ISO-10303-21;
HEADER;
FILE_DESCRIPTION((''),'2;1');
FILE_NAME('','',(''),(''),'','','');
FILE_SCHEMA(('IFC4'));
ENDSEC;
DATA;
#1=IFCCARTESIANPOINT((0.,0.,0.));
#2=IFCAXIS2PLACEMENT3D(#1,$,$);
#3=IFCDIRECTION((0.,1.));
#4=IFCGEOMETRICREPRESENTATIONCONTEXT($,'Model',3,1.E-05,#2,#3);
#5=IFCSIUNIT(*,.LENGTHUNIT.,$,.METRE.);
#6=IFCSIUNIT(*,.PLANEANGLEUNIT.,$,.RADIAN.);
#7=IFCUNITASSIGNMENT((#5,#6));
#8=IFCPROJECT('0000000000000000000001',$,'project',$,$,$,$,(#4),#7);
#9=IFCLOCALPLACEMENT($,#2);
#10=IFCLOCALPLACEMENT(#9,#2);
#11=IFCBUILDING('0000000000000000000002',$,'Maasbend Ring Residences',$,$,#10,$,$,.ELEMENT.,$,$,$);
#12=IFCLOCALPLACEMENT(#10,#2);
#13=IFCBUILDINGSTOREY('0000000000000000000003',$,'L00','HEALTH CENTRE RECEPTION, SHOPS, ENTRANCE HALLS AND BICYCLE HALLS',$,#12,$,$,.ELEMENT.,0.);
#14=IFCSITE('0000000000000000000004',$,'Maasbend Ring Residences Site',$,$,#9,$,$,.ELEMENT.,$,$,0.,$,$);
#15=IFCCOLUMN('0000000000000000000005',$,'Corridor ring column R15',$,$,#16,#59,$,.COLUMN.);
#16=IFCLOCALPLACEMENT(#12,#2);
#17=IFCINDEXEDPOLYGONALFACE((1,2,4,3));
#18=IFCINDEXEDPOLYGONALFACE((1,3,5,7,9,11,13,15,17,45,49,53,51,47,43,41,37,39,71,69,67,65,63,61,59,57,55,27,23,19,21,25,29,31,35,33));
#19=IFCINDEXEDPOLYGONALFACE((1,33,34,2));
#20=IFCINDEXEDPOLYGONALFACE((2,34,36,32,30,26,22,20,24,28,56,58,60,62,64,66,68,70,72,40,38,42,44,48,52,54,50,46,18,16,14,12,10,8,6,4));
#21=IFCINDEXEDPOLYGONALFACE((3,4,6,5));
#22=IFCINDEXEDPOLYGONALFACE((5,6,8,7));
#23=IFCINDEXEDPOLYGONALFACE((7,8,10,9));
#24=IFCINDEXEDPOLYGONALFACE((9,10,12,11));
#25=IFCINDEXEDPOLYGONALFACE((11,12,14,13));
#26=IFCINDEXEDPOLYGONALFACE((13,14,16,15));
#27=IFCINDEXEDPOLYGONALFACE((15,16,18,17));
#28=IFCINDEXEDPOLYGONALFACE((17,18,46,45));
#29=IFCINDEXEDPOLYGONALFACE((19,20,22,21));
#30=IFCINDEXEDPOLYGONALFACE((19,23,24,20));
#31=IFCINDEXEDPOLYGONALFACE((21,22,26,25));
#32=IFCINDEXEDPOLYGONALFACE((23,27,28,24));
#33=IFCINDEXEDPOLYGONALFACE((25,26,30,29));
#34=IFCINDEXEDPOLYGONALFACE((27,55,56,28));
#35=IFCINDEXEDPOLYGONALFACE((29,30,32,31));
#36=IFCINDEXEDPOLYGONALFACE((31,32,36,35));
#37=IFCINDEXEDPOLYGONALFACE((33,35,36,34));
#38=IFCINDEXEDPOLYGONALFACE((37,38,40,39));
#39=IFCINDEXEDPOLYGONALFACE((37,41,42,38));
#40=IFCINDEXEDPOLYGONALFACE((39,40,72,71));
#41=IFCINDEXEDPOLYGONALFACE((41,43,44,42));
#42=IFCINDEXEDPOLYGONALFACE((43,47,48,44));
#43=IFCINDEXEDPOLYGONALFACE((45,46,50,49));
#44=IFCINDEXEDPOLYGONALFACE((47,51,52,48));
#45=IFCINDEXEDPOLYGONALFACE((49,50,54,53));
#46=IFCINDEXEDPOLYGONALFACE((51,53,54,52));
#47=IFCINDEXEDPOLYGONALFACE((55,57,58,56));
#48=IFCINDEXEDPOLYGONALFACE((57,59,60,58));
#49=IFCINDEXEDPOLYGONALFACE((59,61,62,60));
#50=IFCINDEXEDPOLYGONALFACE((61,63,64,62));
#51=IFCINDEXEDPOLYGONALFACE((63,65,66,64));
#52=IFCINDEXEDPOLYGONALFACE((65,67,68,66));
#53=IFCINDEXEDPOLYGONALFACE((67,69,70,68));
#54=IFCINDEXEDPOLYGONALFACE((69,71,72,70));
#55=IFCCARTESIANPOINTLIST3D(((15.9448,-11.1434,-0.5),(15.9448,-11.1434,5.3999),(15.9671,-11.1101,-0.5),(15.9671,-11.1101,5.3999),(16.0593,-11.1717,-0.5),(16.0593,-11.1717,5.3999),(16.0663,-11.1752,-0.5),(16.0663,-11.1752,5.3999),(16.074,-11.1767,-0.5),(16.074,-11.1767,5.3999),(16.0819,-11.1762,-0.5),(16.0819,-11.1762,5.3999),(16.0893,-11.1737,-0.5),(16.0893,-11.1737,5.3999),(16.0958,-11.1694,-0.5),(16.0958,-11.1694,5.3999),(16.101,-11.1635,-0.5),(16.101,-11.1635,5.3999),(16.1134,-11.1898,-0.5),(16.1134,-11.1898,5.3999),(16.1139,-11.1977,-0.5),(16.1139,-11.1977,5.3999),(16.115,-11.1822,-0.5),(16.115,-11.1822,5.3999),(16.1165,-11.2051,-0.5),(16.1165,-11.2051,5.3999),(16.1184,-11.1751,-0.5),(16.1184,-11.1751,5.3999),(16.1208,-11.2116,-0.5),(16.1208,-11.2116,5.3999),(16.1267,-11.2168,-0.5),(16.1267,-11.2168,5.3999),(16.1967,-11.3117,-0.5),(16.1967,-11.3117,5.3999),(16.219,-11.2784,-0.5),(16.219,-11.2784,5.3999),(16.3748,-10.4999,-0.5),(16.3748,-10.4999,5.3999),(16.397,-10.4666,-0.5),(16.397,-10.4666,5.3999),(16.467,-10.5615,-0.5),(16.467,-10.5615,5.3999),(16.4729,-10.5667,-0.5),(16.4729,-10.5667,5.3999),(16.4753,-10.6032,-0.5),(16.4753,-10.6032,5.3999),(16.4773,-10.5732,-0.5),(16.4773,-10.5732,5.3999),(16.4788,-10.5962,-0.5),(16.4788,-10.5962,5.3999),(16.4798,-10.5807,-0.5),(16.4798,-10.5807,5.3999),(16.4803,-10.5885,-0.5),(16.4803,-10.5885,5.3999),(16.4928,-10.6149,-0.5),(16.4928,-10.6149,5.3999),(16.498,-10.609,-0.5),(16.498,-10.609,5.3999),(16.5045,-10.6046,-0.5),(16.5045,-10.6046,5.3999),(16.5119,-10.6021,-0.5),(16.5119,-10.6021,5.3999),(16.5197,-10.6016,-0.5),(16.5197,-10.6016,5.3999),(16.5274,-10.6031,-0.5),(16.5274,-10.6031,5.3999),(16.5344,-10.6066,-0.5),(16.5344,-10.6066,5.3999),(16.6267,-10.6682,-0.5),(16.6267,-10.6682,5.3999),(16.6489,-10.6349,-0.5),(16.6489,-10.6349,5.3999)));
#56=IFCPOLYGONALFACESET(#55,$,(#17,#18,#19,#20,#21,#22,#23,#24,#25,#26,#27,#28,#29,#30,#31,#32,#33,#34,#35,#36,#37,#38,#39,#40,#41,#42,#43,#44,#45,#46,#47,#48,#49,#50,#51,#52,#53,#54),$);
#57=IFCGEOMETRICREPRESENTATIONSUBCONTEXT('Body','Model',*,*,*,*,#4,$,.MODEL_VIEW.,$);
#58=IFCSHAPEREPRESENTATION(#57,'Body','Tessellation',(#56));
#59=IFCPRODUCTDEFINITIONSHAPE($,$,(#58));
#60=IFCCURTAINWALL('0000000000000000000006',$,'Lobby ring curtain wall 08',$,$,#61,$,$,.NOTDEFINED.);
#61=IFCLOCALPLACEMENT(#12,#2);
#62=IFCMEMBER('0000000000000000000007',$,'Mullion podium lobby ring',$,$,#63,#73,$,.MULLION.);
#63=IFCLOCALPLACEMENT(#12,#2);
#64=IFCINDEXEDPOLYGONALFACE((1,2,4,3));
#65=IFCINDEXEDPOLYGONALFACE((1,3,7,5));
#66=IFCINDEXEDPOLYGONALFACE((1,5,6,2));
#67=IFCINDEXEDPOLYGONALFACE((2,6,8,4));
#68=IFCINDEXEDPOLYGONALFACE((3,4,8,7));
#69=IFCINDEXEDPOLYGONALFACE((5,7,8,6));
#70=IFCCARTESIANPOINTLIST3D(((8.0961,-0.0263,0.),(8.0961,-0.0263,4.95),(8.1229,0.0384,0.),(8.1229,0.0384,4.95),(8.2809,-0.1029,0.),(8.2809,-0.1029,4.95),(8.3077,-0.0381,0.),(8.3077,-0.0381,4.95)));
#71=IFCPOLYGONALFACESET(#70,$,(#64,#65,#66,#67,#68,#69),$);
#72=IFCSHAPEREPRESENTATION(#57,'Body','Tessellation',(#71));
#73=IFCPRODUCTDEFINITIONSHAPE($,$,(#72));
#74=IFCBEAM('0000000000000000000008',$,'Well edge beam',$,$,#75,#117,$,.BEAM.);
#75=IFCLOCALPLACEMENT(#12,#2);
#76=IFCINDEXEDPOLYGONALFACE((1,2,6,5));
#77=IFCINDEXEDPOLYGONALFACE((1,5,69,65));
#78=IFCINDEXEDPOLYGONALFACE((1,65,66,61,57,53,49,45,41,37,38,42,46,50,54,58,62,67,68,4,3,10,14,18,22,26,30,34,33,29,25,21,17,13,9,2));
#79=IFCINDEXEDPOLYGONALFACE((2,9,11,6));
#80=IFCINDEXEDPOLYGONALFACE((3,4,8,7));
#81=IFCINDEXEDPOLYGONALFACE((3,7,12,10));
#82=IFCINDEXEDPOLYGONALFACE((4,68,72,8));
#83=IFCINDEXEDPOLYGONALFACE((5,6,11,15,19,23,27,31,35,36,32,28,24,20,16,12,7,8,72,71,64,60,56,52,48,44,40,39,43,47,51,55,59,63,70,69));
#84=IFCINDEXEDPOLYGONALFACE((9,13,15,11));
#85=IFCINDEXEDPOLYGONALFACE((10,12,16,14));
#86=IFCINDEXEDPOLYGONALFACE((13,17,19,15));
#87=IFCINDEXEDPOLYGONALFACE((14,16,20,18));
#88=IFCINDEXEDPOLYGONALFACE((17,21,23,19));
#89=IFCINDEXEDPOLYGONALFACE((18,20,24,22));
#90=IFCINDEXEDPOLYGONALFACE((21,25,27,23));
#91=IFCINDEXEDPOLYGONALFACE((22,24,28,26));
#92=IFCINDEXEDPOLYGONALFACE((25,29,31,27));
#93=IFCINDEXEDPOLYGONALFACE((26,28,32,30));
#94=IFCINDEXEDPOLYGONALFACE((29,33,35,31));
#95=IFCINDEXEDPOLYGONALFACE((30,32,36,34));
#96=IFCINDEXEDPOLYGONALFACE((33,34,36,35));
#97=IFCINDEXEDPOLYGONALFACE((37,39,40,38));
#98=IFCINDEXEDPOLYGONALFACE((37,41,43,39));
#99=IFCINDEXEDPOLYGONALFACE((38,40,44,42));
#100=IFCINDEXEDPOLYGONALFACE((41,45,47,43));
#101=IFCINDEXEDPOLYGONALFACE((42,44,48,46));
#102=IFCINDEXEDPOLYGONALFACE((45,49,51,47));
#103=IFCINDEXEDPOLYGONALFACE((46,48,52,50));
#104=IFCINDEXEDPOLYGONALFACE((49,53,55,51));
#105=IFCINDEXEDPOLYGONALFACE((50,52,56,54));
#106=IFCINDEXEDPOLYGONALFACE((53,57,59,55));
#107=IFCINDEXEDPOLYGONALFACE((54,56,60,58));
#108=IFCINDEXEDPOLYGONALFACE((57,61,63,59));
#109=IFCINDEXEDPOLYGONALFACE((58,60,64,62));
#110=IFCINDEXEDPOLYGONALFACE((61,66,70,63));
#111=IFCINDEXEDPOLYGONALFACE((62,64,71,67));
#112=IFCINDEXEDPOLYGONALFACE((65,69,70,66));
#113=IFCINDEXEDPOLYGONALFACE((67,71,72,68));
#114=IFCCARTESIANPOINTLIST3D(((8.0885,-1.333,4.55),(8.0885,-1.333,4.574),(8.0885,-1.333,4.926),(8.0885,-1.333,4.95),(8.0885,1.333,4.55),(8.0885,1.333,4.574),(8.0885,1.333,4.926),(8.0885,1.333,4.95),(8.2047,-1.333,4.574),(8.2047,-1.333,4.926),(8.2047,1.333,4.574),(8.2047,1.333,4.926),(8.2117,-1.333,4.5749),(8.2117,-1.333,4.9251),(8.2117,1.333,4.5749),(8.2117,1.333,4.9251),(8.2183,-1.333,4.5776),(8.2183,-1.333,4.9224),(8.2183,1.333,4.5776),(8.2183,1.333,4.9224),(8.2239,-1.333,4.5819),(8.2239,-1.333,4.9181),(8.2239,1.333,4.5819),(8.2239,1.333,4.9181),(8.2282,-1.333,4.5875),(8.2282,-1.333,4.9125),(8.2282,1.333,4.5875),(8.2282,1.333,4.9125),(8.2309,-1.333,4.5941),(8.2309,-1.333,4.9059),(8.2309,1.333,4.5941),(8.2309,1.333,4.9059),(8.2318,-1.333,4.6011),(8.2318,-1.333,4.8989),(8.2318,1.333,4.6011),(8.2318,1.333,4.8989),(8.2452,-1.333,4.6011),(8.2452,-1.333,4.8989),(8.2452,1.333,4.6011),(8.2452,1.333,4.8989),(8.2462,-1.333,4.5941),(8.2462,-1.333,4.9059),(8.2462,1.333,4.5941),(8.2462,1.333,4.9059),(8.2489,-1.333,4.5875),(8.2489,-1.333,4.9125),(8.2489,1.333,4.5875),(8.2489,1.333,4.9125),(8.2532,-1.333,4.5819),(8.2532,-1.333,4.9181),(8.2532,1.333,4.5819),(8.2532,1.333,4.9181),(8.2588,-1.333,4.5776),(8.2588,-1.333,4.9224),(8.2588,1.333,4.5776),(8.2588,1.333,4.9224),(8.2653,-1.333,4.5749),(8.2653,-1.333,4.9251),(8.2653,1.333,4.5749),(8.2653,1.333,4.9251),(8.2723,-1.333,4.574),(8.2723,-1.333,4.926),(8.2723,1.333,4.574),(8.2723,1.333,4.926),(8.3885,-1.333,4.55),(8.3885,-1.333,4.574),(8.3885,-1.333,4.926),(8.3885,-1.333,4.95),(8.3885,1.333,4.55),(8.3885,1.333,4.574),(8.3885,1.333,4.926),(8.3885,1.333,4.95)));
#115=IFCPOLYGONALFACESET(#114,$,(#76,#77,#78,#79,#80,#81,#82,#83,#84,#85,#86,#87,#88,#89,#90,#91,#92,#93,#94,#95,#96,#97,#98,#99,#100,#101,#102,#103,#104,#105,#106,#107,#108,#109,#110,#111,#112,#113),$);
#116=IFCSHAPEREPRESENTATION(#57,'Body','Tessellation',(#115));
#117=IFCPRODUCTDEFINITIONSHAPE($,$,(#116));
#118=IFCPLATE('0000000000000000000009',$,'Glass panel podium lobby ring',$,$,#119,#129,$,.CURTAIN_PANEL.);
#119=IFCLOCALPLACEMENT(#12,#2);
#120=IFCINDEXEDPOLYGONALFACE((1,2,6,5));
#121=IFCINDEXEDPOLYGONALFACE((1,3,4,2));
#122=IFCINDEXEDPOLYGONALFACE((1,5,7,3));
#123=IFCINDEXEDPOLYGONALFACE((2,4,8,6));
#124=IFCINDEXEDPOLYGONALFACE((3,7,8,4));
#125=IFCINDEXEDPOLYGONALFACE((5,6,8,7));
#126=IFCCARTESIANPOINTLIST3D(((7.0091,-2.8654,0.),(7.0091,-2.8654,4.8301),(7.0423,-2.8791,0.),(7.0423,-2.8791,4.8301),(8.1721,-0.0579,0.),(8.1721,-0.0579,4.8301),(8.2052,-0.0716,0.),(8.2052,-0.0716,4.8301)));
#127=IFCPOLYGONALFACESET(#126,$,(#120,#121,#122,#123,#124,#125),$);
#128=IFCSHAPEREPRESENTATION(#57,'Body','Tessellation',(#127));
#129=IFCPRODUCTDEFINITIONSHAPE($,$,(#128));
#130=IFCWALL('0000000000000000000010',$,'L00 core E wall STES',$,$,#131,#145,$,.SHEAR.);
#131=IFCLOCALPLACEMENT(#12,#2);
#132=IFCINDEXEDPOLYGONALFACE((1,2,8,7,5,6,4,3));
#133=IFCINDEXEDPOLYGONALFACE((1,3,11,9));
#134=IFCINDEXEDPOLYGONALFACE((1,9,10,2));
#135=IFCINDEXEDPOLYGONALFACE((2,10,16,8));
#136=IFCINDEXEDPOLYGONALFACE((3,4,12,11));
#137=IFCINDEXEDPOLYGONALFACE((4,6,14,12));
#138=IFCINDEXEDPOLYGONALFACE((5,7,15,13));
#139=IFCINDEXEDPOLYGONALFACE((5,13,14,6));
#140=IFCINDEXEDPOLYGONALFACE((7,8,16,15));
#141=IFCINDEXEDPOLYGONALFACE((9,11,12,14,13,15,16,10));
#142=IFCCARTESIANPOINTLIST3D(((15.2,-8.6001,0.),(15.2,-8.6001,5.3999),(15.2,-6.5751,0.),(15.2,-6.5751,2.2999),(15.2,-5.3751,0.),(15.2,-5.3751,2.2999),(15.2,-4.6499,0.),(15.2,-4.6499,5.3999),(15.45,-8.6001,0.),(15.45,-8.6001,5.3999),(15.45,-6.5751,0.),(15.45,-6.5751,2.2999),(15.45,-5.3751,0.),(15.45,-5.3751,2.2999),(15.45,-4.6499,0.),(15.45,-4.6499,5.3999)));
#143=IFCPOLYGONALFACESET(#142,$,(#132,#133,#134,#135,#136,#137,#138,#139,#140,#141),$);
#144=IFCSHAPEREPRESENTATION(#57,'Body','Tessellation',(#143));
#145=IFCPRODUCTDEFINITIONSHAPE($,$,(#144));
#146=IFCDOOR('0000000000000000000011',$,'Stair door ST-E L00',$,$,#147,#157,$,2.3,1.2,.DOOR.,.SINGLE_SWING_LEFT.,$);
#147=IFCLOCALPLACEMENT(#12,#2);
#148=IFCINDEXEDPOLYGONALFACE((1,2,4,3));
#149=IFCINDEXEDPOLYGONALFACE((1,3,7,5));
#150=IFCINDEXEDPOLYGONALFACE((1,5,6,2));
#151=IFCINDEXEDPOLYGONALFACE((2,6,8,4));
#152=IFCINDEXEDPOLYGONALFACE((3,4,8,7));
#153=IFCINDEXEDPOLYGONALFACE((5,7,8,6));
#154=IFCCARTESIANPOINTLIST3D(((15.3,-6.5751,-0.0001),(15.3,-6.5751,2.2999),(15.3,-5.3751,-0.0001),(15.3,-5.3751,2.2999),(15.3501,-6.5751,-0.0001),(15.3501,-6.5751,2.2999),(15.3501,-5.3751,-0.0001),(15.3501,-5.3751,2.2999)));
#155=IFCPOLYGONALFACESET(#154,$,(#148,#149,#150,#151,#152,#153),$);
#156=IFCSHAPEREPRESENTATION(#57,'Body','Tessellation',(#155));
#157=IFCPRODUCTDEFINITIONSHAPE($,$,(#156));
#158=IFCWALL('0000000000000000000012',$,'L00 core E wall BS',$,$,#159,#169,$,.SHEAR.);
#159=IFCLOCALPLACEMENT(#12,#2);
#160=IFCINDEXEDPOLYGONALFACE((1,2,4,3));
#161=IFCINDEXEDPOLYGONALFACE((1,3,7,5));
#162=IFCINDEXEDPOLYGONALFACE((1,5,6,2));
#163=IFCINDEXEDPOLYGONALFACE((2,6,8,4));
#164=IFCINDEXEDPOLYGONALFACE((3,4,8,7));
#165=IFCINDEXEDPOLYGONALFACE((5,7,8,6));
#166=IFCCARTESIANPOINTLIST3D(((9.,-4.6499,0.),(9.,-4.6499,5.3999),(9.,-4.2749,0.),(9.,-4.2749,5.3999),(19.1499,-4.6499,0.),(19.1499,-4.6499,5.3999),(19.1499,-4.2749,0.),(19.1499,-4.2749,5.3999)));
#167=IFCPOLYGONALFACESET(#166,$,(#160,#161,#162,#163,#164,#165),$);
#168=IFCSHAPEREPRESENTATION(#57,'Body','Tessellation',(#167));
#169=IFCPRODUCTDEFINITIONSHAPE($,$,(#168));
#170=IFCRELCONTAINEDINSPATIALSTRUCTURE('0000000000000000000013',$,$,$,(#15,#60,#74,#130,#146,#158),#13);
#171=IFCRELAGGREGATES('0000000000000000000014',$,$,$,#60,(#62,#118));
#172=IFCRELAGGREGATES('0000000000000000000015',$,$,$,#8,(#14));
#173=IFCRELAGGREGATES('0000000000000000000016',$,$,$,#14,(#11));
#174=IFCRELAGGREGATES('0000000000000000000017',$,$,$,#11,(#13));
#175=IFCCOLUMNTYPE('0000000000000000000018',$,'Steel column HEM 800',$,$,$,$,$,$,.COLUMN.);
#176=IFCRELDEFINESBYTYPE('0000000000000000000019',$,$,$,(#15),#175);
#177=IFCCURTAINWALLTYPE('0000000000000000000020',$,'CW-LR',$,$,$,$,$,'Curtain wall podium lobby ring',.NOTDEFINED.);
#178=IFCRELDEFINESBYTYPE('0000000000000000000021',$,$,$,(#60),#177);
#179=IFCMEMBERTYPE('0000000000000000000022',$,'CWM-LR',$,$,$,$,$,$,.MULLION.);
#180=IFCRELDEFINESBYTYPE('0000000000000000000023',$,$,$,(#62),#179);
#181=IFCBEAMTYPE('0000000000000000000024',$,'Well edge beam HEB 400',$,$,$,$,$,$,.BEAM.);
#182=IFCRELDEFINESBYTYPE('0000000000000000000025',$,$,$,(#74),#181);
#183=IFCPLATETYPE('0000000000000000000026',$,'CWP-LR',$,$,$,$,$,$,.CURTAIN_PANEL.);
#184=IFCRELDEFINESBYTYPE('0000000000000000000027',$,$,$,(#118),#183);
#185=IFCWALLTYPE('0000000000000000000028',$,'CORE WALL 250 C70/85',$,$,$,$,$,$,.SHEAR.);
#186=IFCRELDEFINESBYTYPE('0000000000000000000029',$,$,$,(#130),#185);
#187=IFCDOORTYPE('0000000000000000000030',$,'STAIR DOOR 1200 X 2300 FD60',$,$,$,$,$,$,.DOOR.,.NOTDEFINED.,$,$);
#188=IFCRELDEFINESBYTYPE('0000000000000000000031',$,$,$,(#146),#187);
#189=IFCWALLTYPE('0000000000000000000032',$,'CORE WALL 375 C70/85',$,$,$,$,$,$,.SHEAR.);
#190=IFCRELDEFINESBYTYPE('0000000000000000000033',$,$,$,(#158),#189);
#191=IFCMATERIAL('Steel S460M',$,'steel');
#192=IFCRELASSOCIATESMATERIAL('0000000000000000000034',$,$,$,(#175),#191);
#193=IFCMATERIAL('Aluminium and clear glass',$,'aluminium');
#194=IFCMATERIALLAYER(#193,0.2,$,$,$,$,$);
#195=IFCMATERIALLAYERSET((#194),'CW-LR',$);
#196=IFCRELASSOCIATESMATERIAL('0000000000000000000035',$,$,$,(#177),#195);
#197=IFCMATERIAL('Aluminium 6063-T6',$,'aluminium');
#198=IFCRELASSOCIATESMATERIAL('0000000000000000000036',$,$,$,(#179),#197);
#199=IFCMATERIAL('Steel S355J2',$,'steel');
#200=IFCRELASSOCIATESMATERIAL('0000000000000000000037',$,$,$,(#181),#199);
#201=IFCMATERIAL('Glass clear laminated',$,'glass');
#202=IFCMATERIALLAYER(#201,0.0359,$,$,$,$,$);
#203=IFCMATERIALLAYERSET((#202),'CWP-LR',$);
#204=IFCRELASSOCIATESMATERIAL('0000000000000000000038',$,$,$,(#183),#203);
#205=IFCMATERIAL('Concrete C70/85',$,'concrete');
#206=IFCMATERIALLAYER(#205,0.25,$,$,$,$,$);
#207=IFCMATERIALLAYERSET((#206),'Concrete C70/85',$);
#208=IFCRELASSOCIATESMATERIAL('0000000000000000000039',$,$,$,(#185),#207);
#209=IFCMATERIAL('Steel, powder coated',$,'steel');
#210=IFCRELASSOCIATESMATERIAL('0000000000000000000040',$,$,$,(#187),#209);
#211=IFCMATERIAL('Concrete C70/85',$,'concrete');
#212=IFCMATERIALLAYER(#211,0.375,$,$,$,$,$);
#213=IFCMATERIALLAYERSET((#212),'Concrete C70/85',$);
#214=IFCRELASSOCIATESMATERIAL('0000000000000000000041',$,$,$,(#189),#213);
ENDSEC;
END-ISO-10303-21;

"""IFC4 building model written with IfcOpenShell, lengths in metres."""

from ifc_helpers import new_model, si_unit, direction, frame, frame_2d, origin, origin_2d, place, context, subcontext, project, spatial, rectangle, i_section, extrude, material, layer, layer_set, material_profile, profile_set, type_object, element, fill, aggregate, save


model = new_model("IFC4")

# Units and contexts
model_context = context("Model", 3, precision=1e-05, world=origin(), true_north=direction((0.0, 1.0)))
body_context = subcontext(model_context, "Body", "Model", "MODEL_VIEW")
ifc_project = project(units=[si_unit("LENGTHUNIT", "METRE"), si_unit("PLANEANGLEUNIT", "RADIAN")], contexts=[model_context])

# Site, building, storey
site_placement = place(None, origin())
site = spatial("IfcSite", under=ifc_project, at=site_placement, Name="Maasbend Ring Residences Site", CompositionType="ELEMENT", RefElevation=0.0)
building_placement = place(site_placement, origin())
building = spatial("IfcBuilding", under=site, at=building_placement, Name="Maasbend Ring Residences", CompositionType="ELEMENT")
storey_placement = place(building_placement, origin())
storey = spatial("IfcBuildingStorey", under=building, at=storey_placement, Name="L00", Description="HEALTH CENTRE RECEPTION, SHOPS, ENTRANCE HALLS AND BICYCLE HALLS", CompositionType="ELEMENT", Elevation=0.0)

# Column
ifc_material_1 = material(Name="Steel S460M", Category="steel")
ifc_material_profile_1 = material_profile(ifc_material_1, i_section(OverallWidth=0.303, OverallDepth=0.814, WebThickness=0.021, FlangeThickness=0.04, FilletRadius=0.03, at=origin_2d()), Name="HEM 800")
ifc_profile_set_1 = profile_set([ifc_material_profile_1], Name="Steel S460M")
column_type_1 = type_object("IfcColumnType", Name="Steel column HEM 800", PredefinedType="COLUMN", material=ifc_profile_set_1)
column_1_placement = place(storey_placement, frame((16.2969, -10.8892, -0.5), z_axis=(0.0, 0.0, 1.0), x_axis=(0.83147, -0.55557, 0.0)))
element("IfcColumn", 1, at=column_1_placement, inside=storey, type_object=column_type_1, Name="Corridor ring column R15", PredefinedType="COLUMN", context=body_context, shape_type="SweptSolid", body=[
    extrude(i_section(OverallWidth=0.303, OverallDepth=0.814, WebThickness=0.021, FlangeThickness=0.04, FilletRadius=0.03, at=origin_2d()), origin(), (0.0, 0.0, 1.0), 5.8999),
])

# Curtain wall, member
ifc_material_2 = material(Name="Aluminium and clear glass", Category="aluminium")
ifc_layer_1 = layer(ifc_material_2, 0.2)
ifc_layer_set_1 = layer_set([ifc_layer_1], Name="CW-LR")
curtain_wall_type = type_object("IfcCurtainWallType", Name="CW-LR", ElementType="Curtain wall podium lobby ring", PredefinedType="NOTDEFINED", material=ifc_layer_set_1)
curtain_wall_placement = place(storey_placement, origin())
curtain_wall = element("IfcCurtainWall", 2, at=curtain_wall_placement, inside=storey, type_object=curtain_wall_type, Name="Lobby ring curtain wall 08", PredefinedType="NOTDEFINED")
ifc_material_3 = material(Name="Aluminium 6063-T6", Category="aluminium")
ifc_material_profile_2 = material_profile(ifc_material_3, rectangle(XDim=0.2, YDim=0.0701, at=origin_2d()), Name="AL 200x70")
ifc_profile_set_2 = profile_set([ifc_material_profile_2], Name="Aluminium 6063-T6")
member_type = type_object("IfcMemberType", Name="CWM-LR", PredefinedType="MULLION", material=ifc_profile_set_2)
member_placement = place(storey_placement, frame((8.2019, -0.0322, 0.0), z_axis=(0.0, 0.0, 1.0), x_axis=(-0.92388, 0.382683, 0.0)))
member = element("IfcMember", 3, at=member_placement, type_object=member_type, Name="Mullion podium lobby ring", PredefinedType="MULLION", context=body_context, shape_type="SweptSolid", body=[
    extrude(rectangle(XDim=0.2, YDim=0.0701, at=origin_2d()), origin(), (0.0, 0.0, 1.0), 4.95),
])

# Beam
ifc_material_4 = material(Name="Steel S355J2", Category="steel")
ifc_material_profile_3 = material_profile(ifc_material_4, i_section(OverallWidth=0.3, OverallDepth=0.3999, WebThickness=0.0134, FlangeThickness=0.0239, FilletRadius=0.0271, at=origin_2d()), Name="HEB 400")
ifc_profile_set_3 = profile_set([ifc_material_profile_3], Name="Steel S355J2")
beam_type = type_object("IfcBeamType", Name="Well edge beam HEB 400", PredefinedType="BEAM", material=ifc_profile_set_3)
beam_placement = place(storey_placement, frame((8.2385, -1.333, 4.75), z_axis=(0.0, 1.0, 0.0), x_axis=(-1.0, 0.0, 0.0)))
element("IfcBeam", 4, at=beam_placement, inside=storey, type_object=beam_type, Name="Well edge beam", PredefinedType="BEAM", context=body_context, shape_type="SweptSolid", body=[
    extrude(i_section(OverallWidth=0.3, OverallDepth=0.3999, WebThickness=0.0134, FlangeThickness=0.0239, FilletRadius=0.0271, at=origin_2d()), origin(), (0.0, 0.0, 1.0), 2.666),
])

# Plate
ifc_material_5 = material(Name="Glass clear laminated", Category="glass")
ifc_layer_2 = layer(ifc_material_5, 0.0359)
ifc_layer_set_2 = layer_set([ifc_layer_2], Name="CWP-LR")
plate_type = type_object("IfcPlateType", Name="CWP-LR", PredefinedType="CURTAIN_PANEL", material=ifc_layer_set_2)
plate_placement = place(storey_placement, frame((7.6072, -1.4685, 0.0), z_axis=(0.0, 0.0, 1.0), x_axis=(0.382683, 0.92388, 0.0)))
plate = element("IfcPlate", 5, at=plate_placement, type_object=plate_type, Name="Glass panel podium lobby ring", PredefinedType="CURTAIN_PANEL", context=body_context, shape_type="SweptSolid", body=[
    extrude(rectangle(XDim=3.0388, YDim=0.0359, at=origin_2d()), origin(), (0.0, 0.0, 1.0), 4.8301),
])
aggregate(curtain_wall, [member, plate])

# Wall, opening, door
ifc_material_6 = material(Name="Concrete C70/85", Category="concrete")
ifc_layer_3 = layer(ifc_material_6, 0.25)
ifc_layer_set_3 = layer_set([ifc_layer_3], Name="Concrete C70/85")
wall_type_1 = type_object("IfcWallType", Name="CORE WALL 250 C70/85", PredefinedType="SHEAR", material=ifc_layer_set_3)
wall_1_placement = place(storey_placement, frame((15.325, -8.6001, 0.0), z_axis=(0.0, 0.0, 1.0), x_axis=(0.0, 1.0, 0.0)))
wall_1 = element("IfcWall", 6, at=wall_1_placement, inside=storey, type_object=wall_type_1, Name="L00 core E wall STES", PredefinedType="SHEAR", context=body_context, shape_type="SweptSolid", body=[
    extrude(rectangle(XDim=3.9502, YDim=0.25, at=frame_2d((1.9751, 0.0))), origin(), (0.0, 0.0, 1.0), 5.3999),
])
opening_1_placement = place(wall_1_placement, frame((2.0249, 0.0, 0.0)))
opening_1 = element("IfcOpeningElement", 7, at=opening_1_placement, cuts=wall_1, PredefinedType="OPENING", context=body_context, shape_type="SweptSolid", body=[
    extrude(rectangle(XDim=1.2, YDim=2.3, at=frame_2d((0.6001, 1.1499))), frame((0.0, 0.135, 0.0), z_axis=(0.0, -1.0, 0.0), x_axis=(1.0, 0.0, 0.0)), (0.0, 0.0, 1.0), 0.27),
])
ifc_material_7 = material(Name="Steel, powder coated", Category="steel")
door_type_1 = type_object("IfcDoorType", Name="STAIR DOOR 1200 X 2300 FD60", OperationType="NOTDEFINED", PredefinedType="DOOR", material=ifc_material_7)
door_1_placement = place(opening_1_placement, origin())
door_1 = element("IfcDoor", 8, at=door_1_placement, inside=storey, type_object=door_type_1, Name="Stair door ST-E L00", OperationType="SINGLE_SWING_LEFT", OverallHeight=2.3, OverallWidth=1.2, PredefinedType="DOOR", context=body_context, shape_type="SweptSolid", body=[
    extrude(rectangle(XDim=1.2, YDim=2.3, at=frame_2d((0.6001, 1.1499))), frame((0.0, 0.0249, 0.0), z_axis=(0.0, -1.0, 0.0), x_axis=(1.0, 0.0, 0.0)), (0.0, 0.0, 1.0), 0.05),
])
fill(opening_1, door_1)

# Wall
ifc_material_8 = material(Name="Concrete C70/85", Category="concrete")
ifc_layer_4 = layer(ifc_material_8, 0.375)
ifc_layer_set_4 = layer_set([ifc_layer_4], Name="Concrete C70/85")
wall_type_2 = type_object("IfcWallType", Name="CORE WALL 375 C70/85", PredefinedType="SHEAR", material=ifc_layer_set_4)
wall_2_placement = place(storey_placement, frame((9.0, -4.4624, 0.0), z_axis=(0.0, 0.0, 1.0), x_axis=(1.0, 0.0, 0.0)))
element("IfcWall", 9, at=wall_2_placement, inside=storey, type_object=wall_type_2, Name="L00 core E wall BS", PredefinedType="SHEAR", context=body_context, shape_type="SweptSolid", body=[
    extrude(rectangle(XDim=10.1499, YDim=0.375, at=frame_2d((5.075, 0.0))), origin(), (0.0, 0.0, 1.0), 5.3999),
])

save(model, "model.ifc")
